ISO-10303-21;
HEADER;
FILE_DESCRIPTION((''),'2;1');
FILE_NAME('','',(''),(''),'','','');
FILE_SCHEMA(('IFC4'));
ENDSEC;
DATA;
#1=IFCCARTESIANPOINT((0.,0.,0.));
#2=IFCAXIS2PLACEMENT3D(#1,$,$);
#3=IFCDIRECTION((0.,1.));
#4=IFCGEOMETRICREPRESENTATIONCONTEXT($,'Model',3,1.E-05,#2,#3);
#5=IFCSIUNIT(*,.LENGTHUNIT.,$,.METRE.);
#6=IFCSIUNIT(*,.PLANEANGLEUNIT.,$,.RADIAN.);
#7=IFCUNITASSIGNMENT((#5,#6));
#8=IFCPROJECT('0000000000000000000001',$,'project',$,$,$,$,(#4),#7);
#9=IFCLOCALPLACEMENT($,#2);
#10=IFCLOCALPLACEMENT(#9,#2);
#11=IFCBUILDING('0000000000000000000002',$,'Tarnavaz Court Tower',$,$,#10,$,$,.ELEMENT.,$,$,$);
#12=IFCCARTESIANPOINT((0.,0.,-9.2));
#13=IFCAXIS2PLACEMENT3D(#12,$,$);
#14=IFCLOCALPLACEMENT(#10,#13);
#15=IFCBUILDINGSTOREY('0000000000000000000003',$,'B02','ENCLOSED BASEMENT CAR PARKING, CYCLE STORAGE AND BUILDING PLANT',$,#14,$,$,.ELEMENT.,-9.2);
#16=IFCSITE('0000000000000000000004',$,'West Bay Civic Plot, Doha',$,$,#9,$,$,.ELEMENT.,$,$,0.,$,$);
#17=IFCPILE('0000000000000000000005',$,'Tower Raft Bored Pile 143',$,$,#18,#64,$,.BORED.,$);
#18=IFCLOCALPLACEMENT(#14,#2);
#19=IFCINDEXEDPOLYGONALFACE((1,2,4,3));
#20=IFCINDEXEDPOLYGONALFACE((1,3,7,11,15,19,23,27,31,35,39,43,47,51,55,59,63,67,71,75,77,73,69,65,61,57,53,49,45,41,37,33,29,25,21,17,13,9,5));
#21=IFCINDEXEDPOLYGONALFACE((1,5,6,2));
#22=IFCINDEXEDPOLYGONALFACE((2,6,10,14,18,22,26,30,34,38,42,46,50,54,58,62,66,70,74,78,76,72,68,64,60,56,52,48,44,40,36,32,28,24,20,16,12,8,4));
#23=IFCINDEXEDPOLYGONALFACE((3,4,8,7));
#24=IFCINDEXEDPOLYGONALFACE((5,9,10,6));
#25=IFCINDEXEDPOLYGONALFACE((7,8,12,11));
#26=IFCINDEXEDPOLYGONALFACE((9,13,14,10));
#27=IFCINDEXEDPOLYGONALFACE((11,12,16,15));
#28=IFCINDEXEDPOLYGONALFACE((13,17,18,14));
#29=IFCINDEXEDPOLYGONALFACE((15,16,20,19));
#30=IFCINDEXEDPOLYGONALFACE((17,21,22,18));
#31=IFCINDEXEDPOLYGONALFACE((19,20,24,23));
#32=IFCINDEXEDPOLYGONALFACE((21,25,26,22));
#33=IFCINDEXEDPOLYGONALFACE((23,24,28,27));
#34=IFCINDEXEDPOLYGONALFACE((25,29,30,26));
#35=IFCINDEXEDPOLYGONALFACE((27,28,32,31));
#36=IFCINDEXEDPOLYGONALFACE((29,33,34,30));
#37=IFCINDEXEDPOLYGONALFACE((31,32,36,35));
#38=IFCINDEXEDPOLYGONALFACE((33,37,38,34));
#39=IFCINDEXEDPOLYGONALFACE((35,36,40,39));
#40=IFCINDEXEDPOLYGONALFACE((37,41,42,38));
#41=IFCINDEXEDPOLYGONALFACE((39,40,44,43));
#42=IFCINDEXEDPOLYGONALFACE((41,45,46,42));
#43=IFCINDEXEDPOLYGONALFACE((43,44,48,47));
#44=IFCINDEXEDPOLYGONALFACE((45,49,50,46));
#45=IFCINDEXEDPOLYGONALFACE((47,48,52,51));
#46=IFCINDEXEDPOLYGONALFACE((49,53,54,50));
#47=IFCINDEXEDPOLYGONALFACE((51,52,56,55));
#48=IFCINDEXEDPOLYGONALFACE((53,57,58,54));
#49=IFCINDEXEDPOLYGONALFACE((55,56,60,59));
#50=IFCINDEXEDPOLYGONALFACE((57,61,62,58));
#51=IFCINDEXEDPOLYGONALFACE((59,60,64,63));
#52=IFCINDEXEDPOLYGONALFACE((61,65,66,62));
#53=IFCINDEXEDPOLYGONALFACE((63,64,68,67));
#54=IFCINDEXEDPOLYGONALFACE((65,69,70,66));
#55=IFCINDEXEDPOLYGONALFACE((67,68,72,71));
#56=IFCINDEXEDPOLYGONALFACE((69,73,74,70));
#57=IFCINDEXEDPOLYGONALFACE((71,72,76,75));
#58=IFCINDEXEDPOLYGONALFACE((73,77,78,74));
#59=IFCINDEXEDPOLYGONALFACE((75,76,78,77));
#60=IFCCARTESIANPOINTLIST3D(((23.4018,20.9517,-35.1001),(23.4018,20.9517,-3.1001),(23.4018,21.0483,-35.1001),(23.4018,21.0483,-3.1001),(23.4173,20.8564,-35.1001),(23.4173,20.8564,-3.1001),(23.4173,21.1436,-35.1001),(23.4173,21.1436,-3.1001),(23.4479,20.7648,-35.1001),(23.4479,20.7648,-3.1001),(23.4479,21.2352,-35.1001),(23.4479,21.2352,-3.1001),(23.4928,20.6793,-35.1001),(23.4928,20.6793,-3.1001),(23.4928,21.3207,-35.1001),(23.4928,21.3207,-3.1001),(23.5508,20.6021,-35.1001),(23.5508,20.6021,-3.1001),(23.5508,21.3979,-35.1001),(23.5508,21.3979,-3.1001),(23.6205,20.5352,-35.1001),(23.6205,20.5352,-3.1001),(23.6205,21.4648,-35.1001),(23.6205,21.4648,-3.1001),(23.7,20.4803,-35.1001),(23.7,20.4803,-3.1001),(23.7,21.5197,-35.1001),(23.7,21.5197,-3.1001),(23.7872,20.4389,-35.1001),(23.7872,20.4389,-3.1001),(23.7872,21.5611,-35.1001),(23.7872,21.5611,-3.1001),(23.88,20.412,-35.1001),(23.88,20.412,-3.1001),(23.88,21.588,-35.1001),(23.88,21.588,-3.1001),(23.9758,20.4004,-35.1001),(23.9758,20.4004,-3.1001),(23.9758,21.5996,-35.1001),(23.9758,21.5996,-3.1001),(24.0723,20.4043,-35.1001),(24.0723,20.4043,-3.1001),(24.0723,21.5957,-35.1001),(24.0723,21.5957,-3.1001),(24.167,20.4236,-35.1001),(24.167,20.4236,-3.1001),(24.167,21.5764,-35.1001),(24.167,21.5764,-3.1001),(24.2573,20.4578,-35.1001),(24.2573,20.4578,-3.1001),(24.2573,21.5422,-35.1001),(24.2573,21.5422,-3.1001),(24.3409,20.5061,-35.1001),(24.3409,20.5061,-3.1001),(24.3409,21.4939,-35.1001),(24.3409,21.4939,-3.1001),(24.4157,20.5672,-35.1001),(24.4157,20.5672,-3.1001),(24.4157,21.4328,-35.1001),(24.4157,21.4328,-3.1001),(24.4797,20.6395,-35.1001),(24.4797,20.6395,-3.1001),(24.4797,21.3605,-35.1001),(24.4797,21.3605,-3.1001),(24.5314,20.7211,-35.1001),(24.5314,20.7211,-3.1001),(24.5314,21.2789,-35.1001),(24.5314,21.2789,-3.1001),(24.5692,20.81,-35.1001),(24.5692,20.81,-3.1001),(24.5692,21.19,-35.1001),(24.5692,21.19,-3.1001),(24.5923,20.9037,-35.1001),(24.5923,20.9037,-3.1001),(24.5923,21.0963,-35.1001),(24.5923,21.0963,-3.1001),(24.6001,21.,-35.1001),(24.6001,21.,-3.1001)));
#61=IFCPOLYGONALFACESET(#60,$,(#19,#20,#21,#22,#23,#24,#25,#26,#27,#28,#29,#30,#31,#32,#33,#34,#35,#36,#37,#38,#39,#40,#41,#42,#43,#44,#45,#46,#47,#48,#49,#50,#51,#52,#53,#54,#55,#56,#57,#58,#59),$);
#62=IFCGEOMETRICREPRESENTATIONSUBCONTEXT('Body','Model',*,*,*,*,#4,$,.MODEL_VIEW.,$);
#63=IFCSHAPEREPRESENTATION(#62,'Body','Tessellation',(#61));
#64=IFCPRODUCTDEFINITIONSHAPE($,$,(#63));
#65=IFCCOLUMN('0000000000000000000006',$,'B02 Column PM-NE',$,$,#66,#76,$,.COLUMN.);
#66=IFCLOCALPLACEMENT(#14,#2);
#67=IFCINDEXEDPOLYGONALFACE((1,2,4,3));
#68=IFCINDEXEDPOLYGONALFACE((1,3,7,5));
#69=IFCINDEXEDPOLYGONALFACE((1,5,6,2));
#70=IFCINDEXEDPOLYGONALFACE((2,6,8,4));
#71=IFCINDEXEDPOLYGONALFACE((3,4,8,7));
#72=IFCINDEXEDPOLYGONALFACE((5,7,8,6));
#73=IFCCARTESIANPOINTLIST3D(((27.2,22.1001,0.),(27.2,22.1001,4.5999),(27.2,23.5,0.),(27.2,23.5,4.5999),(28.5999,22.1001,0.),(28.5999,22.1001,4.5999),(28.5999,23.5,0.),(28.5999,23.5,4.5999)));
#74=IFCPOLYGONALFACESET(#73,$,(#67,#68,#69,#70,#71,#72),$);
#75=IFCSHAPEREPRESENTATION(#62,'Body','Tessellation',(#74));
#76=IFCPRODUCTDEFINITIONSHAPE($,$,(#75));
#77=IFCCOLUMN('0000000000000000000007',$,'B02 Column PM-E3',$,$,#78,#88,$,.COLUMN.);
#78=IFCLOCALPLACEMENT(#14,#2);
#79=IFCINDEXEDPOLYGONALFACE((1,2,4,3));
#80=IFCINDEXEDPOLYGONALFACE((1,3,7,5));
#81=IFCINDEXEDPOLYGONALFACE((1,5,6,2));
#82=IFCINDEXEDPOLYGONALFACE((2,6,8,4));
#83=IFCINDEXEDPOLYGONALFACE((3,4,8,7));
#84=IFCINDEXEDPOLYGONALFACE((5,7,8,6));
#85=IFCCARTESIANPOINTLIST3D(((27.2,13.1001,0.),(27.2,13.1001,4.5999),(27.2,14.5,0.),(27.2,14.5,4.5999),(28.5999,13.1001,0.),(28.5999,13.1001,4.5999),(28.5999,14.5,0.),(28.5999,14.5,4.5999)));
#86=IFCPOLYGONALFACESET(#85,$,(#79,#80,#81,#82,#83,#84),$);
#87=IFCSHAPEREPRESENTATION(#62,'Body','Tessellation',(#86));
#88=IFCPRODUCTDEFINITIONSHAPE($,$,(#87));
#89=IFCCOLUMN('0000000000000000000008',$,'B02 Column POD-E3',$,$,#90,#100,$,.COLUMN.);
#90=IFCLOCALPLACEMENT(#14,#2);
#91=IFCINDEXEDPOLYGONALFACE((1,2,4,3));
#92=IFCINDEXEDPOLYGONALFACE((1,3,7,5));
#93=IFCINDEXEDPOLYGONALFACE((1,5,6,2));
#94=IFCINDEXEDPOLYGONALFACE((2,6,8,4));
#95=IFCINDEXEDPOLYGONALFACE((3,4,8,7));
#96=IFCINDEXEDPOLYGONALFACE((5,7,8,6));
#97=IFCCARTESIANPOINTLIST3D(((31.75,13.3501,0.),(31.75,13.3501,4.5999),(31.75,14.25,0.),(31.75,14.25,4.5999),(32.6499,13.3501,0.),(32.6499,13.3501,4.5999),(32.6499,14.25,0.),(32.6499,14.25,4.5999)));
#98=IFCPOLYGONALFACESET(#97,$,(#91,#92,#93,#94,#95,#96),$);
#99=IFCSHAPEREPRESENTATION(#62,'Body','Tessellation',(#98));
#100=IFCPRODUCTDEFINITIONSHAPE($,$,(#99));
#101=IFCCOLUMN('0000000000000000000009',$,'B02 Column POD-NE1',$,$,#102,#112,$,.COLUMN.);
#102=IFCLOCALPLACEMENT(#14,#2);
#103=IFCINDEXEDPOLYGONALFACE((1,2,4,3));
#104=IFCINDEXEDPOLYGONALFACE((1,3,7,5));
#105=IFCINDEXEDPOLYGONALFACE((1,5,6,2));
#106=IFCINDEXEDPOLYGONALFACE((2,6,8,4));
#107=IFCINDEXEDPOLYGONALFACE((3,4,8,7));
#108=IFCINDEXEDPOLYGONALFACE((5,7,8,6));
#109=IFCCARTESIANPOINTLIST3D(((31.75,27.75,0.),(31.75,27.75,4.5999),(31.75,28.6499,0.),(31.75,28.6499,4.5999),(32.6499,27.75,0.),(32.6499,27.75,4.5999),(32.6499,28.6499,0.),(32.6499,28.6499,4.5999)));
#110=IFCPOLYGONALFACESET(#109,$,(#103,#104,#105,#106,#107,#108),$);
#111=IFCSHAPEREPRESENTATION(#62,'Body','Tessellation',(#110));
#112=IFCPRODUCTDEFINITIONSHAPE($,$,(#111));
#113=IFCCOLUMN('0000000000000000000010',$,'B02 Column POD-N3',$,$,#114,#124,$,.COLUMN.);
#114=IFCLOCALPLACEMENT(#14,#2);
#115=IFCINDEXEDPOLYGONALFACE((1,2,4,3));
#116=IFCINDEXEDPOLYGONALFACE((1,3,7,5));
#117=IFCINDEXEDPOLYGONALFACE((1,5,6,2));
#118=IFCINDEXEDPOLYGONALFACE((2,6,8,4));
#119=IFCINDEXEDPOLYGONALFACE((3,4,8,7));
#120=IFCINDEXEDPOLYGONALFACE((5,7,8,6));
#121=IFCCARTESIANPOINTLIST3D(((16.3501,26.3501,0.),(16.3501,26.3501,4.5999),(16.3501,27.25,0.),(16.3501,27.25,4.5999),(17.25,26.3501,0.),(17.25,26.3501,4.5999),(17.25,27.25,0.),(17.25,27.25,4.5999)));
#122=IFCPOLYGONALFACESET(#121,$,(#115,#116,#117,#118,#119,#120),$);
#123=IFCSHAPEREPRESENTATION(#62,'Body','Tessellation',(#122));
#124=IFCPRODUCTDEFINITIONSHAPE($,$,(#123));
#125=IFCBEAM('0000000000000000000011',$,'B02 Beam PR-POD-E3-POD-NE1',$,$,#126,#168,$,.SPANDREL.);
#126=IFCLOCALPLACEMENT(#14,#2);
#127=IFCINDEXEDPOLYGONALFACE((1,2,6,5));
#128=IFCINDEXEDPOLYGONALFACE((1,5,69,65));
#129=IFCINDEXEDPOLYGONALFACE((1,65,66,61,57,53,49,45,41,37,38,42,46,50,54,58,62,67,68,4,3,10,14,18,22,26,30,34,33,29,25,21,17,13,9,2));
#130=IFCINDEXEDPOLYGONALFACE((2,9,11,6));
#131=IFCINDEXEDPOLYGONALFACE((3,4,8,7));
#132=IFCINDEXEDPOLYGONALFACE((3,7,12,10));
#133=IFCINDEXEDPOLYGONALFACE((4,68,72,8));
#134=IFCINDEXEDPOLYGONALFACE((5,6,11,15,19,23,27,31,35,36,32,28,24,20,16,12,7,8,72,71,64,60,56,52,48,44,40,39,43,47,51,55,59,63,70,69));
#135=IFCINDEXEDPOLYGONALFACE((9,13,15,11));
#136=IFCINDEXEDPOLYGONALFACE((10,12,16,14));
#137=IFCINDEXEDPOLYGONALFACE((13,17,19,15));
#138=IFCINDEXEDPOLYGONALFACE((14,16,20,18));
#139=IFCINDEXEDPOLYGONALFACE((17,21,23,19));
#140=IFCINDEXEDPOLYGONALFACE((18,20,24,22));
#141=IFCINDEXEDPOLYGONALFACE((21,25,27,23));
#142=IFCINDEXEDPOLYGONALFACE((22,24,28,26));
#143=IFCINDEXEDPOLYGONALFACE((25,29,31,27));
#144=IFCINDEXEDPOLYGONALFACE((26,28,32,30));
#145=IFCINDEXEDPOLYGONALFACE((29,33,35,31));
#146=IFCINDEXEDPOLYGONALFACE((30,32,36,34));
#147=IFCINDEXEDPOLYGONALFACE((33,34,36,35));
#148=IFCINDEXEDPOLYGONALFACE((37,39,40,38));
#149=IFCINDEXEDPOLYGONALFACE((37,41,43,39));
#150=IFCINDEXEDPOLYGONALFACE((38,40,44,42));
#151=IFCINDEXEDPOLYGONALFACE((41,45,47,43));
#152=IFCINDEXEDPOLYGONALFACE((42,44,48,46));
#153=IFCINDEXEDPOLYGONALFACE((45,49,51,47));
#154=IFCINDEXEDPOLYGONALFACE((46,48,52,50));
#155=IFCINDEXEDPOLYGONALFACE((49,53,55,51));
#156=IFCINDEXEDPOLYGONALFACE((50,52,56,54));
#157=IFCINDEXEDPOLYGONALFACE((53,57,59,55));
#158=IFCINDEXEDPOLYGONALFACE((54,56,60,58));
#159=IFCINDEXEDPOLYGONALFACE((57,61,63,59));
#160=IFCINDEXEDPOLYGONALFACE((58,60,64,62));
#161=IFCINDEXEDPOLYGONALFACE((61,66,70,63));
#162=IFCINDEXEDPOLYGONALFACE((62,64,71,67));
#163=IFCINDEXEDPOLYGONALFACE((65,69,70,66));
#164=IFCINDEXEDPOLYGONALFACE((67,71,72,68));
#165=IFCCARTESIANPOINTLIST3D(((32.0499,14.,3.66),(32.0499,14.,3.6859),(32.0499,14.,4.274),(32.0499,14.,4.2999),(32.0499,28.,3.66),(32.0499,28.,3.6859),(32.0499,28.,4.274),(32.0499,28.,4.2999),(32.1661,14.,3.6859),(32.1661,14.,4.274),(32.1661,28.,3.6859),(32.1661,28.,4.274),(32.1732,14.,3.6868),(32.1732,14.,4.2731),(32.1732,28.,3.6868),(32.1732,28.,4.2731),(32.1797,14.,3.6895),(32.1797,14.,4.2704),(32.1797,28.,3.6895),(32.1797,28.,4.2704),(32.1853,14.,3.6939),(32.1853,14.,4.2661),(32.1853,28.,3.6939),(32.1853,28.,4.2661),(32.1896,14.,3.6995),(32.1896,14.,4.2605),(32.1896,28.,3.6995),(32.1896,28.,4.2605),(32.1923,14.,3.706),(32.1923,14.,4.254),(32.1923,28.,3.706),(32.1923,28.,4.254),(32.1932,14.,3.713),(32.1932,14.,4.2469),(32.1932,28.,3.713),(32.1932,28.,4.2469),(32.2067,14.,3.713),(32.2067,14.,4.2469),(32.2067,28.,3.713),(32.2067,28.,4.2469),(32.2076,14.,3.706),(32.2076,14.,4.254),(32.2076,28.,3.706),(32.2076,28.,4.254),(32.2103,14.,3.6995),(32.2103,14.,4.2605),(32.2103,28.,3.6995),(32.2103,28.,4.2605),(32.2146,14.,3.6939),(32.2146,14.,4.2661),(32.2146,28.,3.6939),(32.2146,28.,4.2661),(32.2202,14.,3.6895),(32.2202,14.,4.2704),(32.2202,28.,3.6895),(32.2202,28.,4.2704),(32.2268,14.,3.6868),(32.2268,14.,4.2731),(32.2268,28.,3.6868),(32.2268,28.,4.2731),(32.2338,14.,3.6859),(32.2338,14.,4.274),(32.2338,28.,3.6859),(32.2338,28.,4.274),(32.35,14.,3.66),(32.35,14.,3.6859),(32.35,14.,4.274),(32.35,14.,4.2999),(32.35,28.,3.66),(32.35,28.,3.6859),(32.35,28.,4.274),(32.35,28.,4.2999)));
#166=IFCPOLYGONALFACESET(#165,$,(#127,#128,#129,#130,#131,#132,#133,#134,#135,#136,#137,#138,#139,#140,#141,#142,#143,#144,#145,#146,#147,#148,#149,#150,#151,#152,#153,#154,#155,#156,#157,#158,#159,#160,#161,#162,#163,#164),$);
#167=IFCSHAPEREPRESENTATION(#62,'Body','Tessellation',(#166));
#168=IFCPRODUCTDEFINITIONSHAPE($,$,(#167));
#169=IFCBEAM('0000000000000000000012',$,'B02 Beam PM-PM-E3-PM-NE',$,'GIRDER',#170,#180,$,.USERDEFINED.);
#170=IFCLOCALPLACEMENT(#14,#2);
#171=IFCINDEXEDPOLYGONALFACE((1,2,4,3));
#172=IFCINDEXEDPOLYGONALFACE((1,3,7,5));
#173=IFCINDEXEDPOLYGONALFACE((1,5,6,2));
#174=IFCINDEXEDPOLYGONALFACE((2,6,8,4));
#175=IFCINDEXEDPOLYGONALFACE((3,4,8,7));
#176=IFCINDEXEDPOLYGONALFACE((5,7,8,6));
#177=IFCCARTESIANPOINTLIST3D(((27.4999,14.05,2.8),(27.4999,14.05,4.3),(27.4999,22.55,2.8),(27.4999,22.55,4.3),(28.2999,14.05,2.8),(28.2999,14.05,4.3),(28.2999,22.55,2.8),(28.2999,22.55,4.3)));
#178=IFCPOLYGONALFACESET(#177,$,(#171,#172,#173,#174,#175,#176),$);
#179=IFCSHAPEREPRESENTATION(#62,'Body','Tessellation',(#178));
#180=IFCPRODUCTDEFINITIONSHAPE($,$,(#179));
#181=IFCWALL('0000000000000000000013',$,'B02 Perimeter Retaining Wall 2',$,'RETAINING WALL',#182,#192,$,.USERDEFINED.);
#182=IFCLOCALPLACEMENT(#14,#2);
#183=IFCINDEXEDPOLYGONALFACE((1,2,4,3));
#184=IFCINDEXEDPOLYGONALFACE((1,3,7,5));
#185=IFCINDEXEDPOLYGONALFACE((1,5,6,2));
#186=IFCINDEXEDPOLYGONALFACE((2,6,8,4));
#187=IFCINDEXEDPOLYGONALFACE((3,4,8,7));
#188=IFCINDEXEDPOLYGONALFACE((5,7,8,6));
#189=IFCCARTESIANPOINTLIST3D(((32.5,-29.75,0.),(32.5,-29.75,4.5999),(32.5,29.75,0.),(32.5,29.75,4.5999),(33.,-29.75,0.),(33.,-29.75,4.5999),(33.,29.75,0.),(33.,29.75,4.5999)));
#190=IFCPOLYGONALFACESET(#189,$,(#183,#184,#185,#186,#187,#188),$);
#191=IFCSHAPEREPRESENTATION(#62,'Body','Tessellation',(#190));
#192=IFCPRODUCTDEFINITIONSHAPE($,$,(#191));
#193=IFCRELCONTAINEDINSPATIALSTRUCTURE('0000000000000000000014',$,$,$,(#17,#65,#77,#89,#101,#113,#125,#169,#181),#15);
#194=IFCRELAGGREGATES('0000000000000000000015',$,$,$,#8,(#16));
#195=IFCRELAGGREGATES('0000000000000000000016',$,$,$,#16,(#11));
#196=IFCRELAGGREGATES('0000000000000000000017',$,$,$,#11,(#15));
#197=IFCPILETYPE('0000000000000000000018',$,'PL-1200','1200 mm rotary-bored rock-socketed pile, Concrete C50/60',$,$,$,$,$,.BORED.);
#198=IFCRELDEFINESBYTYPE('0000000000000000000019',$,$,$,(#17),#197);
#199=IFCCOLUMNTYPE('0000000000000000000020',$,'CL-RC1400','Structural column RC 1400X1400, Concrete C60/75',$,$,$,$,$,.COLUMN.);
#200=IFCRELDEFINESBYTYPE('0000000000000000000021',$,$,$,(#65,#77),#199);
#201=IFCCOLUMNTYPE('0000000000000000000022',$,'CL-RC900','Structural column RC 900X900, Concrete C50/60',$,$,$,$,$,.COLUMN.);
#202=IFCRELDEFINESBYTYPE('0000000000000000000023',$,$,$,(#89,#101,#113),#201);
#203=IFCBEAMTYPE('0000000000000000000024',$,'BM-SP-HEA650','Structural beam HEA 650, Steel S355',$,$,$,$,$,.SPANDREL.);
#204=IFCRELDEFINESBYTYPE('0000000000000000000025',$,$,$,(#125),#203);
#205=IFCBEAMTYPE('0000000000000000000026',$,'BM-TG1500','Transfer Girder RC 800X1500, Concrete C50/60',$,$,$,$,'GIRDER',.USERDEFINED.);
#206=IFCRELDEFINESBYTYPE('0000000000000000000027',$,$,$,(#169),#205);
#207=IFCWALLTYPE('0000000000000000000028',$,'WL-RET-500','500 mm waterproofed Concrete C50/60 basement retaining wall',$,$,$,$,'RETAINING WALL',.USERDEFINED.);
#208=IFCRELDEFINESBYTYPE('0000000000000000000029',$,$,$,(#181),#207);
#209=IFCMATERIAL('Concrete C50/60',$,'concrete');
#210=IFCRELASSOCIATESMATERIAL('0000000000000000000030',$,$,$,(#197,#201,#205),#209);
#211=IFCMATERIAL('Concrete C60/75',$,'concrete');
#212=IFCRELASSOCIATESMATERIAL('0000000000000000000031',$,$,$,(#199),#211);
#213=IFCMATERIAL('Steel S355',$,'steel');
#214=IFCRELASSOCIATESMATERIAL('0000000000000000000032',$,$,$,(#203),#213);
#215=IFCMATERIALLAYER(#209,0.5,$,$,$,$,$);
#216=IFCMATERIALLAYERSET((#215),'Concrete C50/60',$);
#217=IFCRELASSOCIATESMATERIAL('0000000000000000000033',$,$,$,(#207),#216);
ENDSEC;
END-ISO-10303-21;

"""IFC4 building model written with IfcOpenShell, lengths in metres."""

from ifc_helpers import new_model, si_unit, direction, frame, frame_2d, origin, origin_2d, place, context, subcontext, project, spatial, rectangle, circle, i_section, extrude, material, layer, layer_set, material_profile, profile_set, type_object, element, save


model = new_model("IFC4")

# Units and contexts
model_context = context("Model", 3, precision=1e-05, world=origin(), true_north=direction((0.0, 1.0)))
body_context = subcontext(model_context, "Body", "Model", "MODEL_VIEW")
ifc_project = project(units=[si_unit("LENGTHUNIT", "METRE"), si_unit("PLANEANGLEUNIT", "RADIAN")], contexts=[model_context])

# Site, building, storey
site_placement = place(None, origin())
site = spatial("IfcSite", under=ifc_project, at=site_placement, Name="West Bay Civic Plot, Doha", CompositionType="ELEMENT", RefElevation=0.0)
building_placement = place(site_placement, origin())
building = spatial("IfcBuilding", under=site, at=building_placement, Name="Tarnavaz Court Tower", CompositionType="ELEMENT")
storey_placement = place(building_placement, frame((0.0, 0.0, -9.2)))
storey = spatial("IfcBuildingStorey", under=building, at=storey_placement, Name="B02", Description="ENCLOSED BASEMENT CAR PARKING, CYCLE STORAGE AND BUILDING PLANT", CompositionType="ELEMENT", Elevation=-9.2)

# Shared definitions
ifc_material_1 = material(Name="Concrete C50/60", Category="concrete")

# Pile
ifc_material_profile_1 = material_profile(ifc_material_1, circle(Radius=0.6001, at=origin_2d()), Name="PILE D1200")
ifc_profile_set_1 = profile_set([ifc_material_profile_1], Name="Concrete C50/60")
pile_type_1 = type_object("IfcPileType", Name="PL-1200", Description="1200 mm rotary-bored rock-socketed pile, Concrete C50/60", PredefinedType="BORED", material=ifc_profile_set_1)
for number, where, z_axis, x_axis, name in (
    (1, (24.0, 21.0, -3.1001), (0.0, 0.0, -1.0), (1.0, 0.0, 0.0), "Tower Raft Bored Pile 143"),
):
    element("IfcPile", number, at=place(storey_placement, frame(where, z_axis=z_axis, x_axis=x_axis)), inside=storey, type_object=pile_type_1, Name=name, PredefinedType="BORED", context=body_context, shape_type="SweptSolid", body=[
        extrude(circle(Radius=0.6001, at=origin_2d()), origin(), (0.0, 0.0, 1.0), 32.0),
    ])

# Columns
ifc_material_2 = material(Name="Concrete C60/75", Category="concrete")
ifc_material_profile_2 = material_profile(ifc_material_2, rectangle(XDim=1.3999, YDim=1.3999, at=origin_2d()), Name="RC 1400X1400")
ifc_profile_set_2 = profile_set([ifc_material_profile_2], Name="Concrete C60/75")
column_type_1 = type_object("IfcColumnType", Name="CL-RC1400", Description="Structural column RC 1400X1400, Concrete C60/75", PredefinedType="COLUMN", material=ifc_profile_set_2)
for number, where, z_axis, x_axis, name in (
    (2, (27.8999, 22.8, 0.0), (0.0, 0.0, 1.0), (1.0, 0.0, 0.0), "B02 Column PM-NE"),
    (3, (27.8999, 13.8, 0.0), (0.0, 0.0, 1.0), (1.0, 0.0, 0.0), "B02 Column PM-E3"),
):
    element("IfcColumn", number, at=place(storey_placement, frame(where, z_axis=z_axis, x_axis=x_axis)), inside=storey, type_object=column_type_1, Name=name, PredefinedType="COLUMN", context=body_context, shape_type="SweptSolid", body=[
        extrude(rectangle(XDim=1.3999, YDim=1.3999, at=origin_2d()), origin(), (0.0, 0.0, 1.0), 4.5999),
    ])
ifc_material_profile_3 = material_profile(ifc_material_1, rectangle(XDim=0.8999, YDim=0.8999, at=origin_2d()), Name="RC 900X900")
ifc_profile_set_3 = profile_set([ifc_material_profile_3], Name="Concrete C50/60")
column_type_2 = type_object("IfcColumnType", Name="CL-RC900", Description="Structural column RC 900X900, Concrete C50/60", PredefinedType="COLUMN", material=ifc_profile_set_3)
for number, where, z_axis, x_axis, name in (
    (4, (32.2, 13.8, 0.0), (0.0, 0.0, 1.0), (1.0, 0.0, 0.0), "B02 Column POD-E3"),
    (5, (32.2, 28.2, 0.0), (0.0, 0.0, 1.0), (1.0, 0.0, 0.0), "B02 Column POD-NE1"),
    (6, (16.8, 26.8, 0.0), (0.0, 0.0, 1.0), (1.0, 0.0, 0.0), "B02 Column POD-N3"),
):
    element("IfcColumn", number, at=place(storey_placement, frame(where, z_axis=z_axis, x_axis=x_axis)), inside=storey, type_object=column_type_2, Name=name, PredefinedType="COLUMN", context=body_context, shape_type="SweptSolid", body=[
        extrude(rectangle(XDim=0.8999, YDim=0.8999, at=origin_2d()), origin(), (0.0, 0.0, 1.0), 4.5999),
    ])

# Beams
ifc_material_3 = material(Name="Steel S355", Category="steel")
ifc_material_profile_4 = material_profile(ifc_material_3, i_section(OverallWidth=0.3, OverallDepth=0.6399, WebThickness=0.0134, FlangeThickness=0.0259, FilletRadius=0.0271, at=origin_2d()), Name="HEA 650")
ifc_profile_set_4 = profile_set([ifc_material_profile_4], Name="Steel S355")
beam_type_1 = type_object("IfcBeamType", Name="BM-SP-HEA650", Description="Structural beam HEA 650, Steel S355", PredefinedType="SPANDREL", material=ifc_profile_set_4)
beam_1_placement = place(storey_placement, frame((32.2, 14.0, 3.98), z_axis=(0.0, 1.0, 0.0), x_axis=(-1.0, 0.0, 0.0)))
element("IfcBeam", 7, at=beam_1_placement, inside=storey, type_object=beam_type_1, Name="B02 Beam PR-POD-E3-POD-NE1", PredefinedType="SPANDREL", context=body_context, shape_type="SweptSolid", body=[
    extrude(i_section(OverallWidth=0.3, OverallDepth=0.6399, WebThickness=0.0134, FlangeThickness=0.0259, FilletRadius=0.0271, at=origin_2d()), origin(), (0.0, 0.0, 1.0), 14.0),
])
ifc_material_profile_5 = material_profile(ifc_material_1, rectangle(XDim=0.8, YDim=1.5, at=origin_2d()), Name="RC 800X1500")
ifc_profile_set_5 = profile_set([ifc_material_profile_5], Name="Concrete C50/60")
beam_type_2 = type_object("IfcBeamType", Name="BM-TG1500", Description="Transfer Girder RC 800X1500, Concrete C50/60", ElementType="GIRDER", PredefinedType="USERDEFINED", material=ifc_profile_set_5)
beam_2_placement = place(storey_placement, frame((27.8999, 14.05, 3.55), z_axis=(0.0, 1.0, 0.0), x_axis=(-1.0, 0.0, 0.0)))
element("IfcBeam", 8, at=beam_2_placement, inside=storey, type_object=beam_type_2, Name="B02 Beam PM-PM-E3-PM-NE", ObjectType="GIRDER", PredefinedType="USERDEFINED", context=body_context, shape_type="SweptSolid", body=[
    extrude(rectangle(XDim=0.8, YDim=1.5, at=origin_2d()), origin(), (0.0, 0.0, 1.0), 8.5),
])

# Wall
ifc_layer = layer(ifc_material_1, 0.5)
ifc_layer_set = layer_set([ifc_layer], Name="Concrete C50/60")
wall_type = type_object("IfcWallType", Name="WL-RET-500", Description="500 mm waterproofed Concrete C50/60 basement retaining wall", ElementType="RETAINING WALL", PredefinedType="USERDEFINED", material=ifc_layer_set)
wall_placement = place(storey_placement, frame((32.75, 29.75, 0.0), z_axis=(0.0, 0.0, 1.0), x_axis=(0.0, -1.0, 0.0)))
element("IfcWall", 9, at=wall_placement, inside=storey, type_object=wall_type, Name="B02 Perimeter Retaining Wall 2", ObjectType="RETAINING WALL", PredefinedType="USERDEFINED", context=body_context, shape_type="SweptSolid", body=[
    extrude(rectangle(XDim=59.5, YDim=0.5, at=frame_2d((29.75, 0.0))), origin(), (0.0, 0.0, 1.0), 4.5999),
])

save(model, "model.ifc")
